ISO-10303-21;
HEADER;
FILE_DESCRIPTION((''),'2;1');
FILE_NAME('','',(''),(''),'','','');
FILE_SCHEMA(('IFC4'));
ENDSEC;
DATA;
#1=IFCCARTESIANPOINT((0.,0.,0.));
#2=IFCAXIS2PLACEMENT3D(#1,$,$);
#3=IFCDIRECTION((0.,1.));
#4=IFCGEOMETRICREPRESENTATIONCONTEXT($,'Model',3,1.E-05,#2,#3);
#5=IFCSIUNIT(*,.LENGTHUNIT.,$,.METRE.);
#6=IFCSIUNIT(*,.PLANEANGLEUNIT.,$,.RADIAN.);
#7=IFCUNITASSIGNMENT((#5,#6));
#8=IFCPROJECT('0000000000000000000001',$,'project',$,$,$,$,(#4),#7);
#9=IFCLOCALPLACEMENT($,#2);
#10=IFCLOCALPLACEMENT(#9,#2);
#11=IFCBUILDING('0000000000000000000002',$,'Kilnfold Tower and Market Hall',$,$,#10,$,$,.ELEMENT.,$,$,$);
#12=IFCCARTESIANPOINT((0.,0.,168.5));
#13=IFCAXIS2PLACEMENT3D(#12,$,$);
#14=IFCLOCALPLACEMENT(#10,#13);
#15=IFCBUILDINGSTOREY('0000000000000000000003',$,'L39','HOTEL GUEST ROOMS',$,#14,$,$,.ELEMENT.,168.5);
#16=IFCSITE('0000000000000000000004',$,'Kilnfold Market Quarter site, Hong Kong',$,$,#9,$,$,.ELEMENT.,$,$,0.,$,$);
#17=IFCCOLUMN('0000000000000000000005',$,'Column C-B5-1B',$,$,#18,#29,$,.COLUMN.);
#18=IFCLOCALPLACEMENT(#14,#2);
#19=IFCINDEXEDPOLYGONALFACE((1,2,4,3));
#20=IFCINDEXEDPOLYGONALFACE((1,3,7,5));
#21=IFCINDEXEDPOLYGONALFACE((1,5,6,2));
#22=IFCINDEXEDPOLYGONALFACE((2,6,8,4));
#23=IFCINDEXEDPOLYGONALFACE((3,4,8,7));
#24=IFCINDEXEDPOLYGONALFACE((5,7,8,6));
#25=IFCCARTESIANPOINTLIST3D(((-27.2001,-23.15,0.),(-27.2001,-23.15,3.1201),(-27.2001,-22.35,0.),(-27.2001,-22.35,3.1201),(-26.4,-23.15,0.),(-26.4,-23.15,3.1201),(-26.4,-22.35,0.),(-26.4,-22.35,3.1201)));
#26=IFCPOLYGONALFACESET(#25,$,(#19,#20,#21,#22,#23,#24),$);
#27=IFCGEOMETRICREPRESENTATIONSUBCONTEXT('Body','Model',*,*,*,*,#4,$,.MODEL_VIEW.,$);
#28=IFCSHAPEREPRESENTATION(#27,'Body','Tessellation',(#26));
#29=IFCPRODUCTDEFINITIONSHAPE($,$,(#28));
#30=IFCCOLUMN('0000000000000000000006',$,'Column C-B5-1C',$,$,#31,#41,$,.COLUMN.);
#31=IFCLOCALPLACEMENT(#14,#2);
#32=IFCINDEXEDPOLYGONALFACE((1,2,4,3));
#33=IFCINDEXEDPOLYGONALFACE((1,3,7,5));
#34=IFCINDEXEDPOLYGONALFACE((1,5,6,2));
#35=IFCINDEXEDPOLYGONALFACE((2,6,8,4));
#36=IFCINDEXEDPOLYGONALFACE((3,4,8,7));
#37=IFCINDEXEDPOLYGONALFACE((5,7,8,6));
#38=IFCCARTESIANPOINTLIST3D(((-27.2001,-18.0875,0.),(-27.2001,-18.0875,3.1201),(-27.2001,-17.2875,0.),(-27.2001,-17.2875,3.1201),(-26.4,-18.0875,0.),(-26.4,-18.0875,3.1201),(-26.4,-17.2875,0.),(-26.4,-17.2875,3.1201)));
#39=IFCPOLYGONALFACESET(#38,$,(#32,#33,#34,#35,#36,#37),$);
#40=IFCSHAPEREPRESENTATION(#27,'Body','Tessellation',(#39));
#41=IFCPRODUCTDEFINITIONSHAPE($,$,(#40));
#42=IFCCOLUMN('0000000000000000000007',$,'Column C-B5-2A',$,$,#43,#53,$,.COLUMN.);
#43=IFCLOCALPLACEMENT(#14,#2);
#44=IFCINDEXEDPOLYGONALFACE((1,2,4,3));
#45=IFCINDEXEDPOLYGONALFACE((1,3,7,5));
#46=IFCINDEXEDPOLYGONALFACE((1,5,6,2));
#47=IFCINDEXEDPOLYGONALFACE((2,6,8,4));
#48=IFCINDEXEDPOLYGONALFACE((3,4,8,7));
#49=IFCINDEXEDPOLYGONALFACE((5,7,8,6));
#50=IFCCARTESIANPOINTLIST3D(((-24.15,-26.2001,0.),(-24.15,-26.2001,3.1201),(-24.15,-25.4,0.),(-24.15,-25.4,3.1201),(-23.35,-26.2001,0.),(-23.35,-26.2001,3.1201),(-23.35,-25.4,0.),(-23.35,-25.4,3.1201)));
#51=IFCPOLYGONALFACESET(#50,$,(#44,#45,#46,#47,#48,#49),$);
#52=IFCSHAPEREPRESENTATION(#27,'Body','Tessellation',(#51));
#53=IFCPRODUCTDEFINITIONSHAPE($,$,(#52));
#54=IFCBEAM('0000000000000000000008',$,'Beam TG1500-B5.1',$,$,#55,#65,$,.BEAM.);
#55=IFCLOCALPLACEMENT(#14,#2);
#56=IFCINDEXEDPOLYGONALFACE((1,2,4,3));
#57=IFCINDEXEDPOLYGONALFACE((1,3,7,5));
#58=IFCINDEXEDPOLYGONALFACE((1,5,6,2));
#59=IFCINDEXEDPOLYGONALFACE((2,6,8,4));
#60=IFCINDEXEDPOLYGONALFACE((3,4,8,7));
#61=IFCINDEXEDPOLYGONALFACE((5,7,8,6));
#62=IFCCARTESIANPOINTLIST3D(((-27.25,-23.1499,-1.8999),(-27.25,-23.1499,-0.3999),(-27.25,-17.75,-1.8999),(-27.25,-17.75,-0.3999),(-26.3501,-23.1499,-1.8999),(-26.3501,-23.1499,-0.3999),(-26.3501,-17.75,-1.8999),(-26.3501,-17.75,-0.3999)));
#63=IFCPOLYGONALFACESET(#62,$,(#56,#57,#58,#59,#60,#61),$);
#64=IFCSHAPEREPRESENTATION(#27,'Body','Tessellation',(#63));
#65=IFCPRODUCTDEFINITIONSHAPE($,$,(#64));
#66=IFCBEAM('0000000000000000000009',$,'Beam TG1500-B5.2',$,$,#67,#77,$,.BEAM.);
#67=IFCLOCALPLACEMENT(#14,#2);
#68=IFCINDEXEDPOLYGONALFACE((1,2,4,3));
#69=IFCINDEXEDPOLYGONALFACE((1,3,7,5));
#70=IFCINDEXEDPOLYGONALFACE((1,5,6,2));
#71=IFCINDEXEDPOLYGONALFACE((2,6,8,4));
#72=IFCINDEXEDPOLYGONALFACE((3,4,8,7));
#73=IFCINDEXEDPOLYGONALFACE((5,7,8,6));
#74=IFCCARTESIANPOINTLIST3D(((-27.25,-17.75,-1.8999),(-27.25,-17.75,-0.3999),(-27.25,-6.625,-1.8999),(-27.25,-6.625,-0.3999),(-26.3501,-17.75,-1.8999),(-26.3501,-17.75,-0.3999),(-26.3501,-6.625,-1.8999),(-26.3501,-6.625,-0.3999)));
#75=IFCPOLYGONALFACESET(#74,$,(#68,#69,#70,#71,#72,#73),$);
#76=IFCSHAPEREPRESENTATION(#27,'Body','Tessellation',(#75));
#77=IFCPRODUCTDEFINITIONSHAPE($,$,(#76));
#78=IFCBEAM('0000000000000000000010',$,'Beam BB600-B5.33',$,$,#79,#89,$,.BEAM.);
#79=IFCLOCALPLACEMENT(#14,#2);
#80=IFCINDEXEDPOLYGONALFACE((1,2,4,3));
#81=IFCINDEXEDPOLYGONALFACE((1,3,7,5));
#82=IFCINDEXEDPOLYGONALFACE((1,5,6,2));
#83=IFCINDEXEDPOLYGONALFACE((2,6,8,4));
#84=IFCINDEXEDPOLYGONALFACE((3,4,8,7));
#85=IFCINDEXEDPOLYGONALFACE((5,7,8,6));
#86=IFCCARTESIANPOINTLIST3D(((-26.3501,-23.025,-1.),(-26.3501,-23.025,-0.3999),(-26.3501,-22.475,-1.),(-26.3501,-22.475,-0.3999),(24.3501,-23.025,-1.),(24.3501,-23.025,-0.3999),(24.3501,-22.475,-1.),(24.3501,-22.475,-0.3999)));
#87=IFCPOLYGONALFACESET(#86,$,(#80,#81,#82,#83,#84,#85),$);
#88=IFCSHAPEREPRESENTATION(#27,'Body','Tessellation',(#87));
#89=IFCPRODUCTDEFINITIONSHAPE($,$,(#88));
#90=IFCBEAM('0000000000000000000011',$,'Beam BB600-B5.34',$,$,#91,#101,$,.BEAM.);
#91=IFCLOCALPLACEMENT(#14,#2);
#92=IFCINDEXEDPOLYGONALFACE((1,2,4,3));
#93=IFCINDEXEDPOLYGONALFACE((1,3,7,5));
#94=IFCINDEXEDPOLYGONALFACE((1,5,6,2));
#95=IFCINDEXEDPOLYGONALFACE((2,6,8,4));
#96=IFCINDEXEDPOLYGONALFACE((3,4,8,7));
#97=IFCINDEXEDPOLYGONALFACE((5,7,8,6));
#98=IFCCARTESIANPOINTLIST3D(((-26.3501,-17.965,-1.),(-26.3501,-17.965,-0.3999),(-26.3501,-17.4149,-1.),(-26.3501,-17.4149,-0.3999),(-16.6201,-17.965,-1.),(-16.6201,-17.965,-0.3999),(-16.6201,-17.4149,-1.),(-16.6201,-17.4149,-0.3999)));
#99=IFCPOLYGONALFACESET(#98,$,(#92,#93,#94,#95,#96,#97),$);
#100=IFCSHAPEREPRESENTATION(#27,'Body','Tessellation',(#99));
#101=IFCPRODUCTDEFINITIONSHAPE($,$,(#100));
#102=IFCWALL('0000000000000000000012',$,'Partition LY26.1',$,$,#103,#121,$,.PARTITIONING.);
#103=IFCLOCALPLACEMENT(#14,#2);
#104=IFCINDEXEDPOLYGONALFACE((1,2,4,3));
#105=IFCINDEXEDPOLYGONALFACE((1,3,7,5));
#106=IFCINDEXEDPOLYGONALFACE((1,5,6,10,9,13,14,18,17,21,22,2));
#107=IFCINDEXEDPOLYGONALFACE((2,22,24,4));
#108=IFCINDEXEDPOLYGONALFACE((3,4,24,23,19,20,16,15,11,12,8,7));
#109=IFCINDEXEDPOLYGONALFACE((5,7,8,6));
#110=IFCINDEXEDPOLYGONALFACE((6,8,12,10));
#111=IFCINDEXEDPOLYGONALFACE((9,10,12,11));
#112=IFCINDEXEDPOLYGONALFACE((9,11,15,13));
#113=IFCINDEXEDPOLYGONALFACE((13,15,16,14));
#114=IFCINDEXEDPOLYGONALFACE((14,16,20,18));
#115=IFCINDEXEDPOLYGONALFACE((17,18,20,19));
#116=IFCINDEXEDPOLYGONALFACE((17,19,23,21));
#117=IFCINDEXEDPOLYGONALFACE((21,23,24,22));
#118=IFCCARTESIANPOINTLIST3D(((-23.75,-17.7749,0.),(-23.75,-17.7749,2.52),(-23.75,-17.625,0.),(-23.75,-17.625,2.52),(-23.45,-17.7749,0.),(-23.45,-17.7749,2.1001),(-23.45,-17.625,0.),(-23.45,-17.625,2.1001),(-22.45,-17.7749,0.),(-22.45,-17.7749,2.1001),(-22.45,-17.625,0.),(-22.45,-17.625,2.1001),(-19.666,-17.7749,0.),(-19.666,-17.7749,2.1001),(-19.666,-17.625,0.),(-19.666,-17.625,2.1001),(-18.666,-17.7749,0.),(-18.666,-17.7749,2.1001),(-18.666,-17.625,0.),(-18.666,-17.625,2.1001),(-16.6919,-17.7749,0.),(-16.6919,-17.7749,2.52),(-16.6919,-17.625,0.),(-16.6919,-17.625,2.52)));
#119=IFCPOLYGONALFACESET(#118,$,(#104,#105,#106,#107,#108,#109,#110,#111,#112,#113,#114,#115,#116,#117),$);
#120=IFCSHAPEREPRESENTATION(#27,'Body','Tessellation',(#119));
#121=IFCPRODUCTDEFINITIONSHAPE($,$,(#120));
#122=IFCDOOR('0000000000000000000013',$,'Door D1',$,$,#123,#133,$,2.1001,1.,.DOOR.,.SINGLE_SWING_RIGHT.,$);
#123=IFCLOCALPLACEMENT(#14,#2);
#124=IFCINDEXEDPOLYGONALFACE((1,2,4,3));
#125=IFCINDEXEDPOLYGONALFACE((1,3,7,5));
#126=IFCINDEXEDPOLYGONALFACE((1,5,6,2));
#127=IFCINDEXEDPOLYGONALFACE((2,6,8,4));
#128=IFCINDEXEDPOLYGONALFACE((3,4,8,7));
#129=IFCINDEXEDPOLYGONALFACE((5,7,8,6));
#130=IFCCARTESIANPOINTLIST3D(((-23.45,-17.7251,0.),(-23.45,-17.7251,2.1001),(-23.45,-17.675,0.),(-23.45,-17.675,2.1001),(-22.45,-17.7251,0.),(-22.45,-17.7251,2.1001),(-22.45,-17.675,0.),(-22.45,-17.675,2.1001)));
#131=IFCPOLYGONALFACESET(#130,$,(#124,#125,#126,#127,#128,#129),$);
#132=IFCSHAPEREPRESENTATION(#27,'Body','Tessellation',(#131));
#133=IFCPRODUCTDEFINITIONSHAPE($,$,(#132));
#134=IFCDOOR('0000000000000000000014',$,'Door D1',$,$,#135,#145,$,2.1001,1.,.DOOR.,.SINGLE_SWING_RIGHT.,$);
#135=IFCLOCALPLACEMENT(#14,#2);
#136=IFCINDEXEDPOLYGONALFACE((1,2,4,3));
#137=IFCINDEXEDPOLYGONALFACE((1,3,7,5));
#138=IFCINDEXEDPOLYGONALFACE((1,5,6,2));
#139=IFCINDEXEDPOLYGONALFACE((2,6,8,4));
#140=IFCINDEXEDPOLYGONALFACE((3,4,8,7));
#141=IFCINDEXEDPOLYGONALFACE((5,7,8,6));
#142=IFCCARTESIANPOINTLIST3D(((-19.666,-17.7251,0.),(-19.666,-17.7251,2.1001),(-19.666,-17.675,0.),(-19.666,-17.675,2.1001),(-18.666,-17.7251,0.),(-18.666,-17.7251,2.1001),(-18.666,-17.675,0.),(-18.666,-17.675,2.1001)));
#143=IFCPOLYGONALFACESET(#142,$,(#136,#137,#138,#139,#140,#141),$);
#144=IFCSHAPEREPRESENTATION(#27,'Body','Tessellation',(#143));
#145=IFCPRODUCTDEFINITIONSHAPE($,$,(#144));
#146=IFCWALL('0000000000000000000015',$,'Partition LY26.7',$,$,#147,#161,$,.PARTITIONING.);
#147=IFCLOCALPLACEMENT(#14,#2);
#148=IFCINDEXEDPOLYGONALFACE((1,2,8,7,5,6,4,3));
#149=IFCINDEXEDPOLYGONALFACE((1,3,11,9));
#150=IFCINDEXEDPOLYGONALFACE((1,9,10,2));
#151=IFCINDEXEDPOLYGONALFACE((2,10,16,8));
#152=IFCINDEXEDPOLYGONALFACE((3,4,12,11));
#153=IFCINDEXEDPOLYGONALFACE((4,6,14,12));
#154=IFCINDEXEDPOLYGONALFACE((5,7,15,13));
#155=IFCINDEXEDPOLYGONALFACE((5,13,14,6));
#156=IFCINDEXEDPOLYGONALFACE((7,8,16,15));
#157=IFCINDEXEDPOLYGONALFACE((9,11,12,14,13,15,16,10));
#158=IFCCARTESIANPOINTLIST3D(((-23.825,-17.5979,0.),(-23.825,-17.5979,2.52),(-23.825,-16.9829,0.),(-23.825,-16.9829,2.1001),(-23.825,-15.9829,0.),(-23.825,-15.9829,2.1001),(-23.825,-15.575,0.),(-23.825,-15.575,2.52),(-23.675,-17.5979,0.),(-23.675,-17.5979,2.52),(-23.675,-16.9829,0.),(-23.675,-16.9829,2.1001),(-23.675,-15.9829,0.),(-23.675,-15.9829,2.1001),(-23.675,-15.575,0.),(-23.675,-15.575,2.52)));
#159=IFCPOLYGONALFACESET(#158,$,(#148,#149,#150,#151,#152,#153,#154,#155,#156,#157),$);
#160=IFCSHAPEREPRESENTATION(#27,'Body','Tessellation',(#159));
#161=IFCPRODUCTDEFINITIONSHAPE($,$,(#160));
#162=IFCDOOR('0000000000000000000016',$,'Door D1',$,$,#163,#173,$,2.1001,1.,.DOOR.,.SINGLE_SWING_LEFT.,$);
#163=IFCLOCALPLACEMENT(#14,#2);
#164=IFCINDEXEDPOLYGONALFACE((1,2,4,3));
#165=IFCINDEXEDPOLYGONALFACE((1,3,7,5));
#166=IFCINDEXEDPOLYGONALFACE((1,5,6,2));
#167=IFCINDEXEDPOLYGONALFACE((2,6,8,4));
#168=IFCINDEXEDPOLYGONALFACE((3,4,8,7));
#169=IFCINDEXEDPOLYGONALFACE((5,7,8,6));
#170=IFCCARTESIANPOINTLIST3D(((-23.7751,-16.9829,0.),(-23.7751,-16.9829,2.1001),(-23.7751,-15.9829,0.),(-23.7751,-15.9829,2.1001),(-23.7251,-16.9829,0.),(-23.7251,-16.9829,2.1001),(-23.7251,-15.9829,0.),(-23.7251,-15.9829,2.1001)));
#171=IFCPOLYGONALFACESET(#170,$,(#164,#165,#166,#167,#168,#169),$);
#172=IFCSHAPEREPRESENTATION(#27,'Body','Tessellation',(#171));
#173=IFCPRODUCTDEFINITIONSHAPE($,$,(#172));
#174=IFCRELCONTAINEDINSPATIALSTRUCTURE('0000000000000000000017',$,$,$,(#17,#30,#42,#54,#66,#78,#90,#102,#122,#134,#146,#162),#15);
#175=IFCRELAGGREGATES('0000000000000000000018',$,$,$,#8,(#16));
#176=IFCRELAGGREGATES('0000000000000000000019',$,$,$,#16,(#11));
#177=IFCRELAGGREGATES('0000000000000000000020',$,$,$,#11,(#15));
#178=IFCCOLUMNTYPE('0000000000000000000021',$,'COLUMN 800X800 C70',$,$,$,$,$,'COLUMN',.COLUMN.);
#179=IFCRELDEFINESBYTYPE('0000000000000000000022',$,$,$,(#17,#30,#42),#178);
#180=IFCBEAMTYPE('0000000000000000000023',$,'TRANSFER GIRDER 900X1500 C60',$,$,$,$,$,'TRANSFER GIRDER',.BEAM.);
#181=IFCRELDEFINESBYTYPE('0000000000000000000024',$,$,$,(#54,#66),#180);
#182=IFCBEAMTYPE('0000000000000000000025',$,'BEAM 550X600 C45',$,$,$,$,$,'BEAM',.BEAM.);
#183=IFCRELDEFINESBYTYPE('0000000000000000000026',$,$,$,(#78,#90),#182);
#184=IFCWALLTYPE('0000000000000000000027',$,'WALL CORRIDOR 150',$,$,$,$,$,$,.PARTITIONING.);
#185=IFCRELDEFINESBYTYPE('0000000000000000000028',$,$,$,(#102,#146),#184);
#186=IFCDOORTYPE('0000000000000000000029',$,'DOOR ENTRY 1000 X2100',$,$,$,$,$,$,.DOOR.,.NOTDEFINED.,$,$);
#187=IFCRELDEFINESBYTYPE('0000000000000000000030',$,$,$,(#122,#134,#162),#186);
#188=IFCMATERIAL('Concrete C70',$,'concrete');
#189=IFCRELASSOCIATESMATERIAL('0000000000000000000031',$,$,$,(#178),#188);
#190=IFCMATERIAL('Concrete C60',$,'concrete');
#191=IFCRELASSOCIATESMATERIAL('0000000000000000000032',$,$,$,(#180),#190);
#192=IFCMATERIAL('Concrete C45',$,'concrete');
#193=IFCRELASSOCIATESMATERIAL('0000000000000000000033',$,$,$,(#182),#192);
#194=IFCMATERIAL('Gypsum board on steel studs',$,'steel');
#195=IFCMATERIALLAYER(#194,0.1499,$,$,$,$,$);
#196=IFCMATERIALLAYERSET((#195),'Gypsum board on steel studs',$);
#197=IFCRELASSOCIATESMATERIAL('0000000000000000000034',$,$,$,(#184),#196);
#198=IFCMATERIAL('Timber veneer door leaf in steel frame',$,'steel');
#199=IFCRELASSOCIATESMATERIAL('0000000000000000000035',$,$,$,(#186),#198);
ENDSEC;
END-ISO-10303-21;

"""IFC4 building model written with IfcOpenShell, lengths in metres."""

from ifc_helpers import new_model, si_unit, direction, frame, frame_2d, origin, origin_2d, place, context, subcontext, project, spatial, rectangle, extrude, source, transform, mapped, material, layer, layer_set, material_profile, profile_set, type_object, element, fill, save


model = new_model("IFC4")

# Units and contexts
model_context = context("Model", 3, precision=1e-05, world=origin(), true_north=direction((0.0, 1.0)))
body_context = subcontext(model_context, "Body", "Model", "MODEL_VIEW")
ifc_project = project(units=[si_unit("LENGTHUNIT", "METRE"), si_unit("PLANEANGLEUNIT", "RADIAN")], contexts=[model_context])

# Site, building, storey
site_placement = place(None, origin())
site = spatial("IfcSite", under=ifc_project, at=site_placement, Name="Kilnfold Market Quarter site, Hong Kong", CompositionType="ELEMENT", RefElevation=0.0)
building_placement = place(site_placement, origin())
building = spatial("IfcBuilding", under=site, at=building_placement, Name="Kilnfold Tower and Market Hall", CompositionType="ELEMENT")
storey_placement = place(building_placement, frame((0.0, 0.0, 168.5)))
storey = spatial("IfcBuildingStorey", under=building, at=storey_placement, Name="L39", Description="HOTEL GUEST ROOMS", CompositionType="ELEMENT", Elevation=168.5)

# Columns
ifc_material_1 = material(Name="Concrete C70", Category="concrete")
ifc_material_profile_1 = material_profile(ifc_material_1, rectangle(XDim=0.8, YDim=0.8, at=origin_2d()), Name="RC 800x800")
ifc_profile_set_1 = profile_set([ifc_material_profile_1], Name="Concrete C70")
column_type = type_object("IfcColumnType", Name="COLUMN 800X800 C70", ElementType="COLUMN", PredefinedType="COLUMN", material=ifc_profile_set_1)
shared_shape_1 = source(origin(), body_context, "Body", "SweptSolid", [
    extrude(rectangle(XDim=0.8, YDim=0.8, at=origin_2d()), origin(), (0.0, 0.0, 1.0), 3.1201),
])
for number, where, z_axis, x_axis, name in (
    (1, (-26.8, -22.75, 0.0), (0.0, 0.0, 1.0), (1.0, 0.0, 0.0), "Column C-B5-1B"),
    (2, (-26.8, -17.6875, 0.0), (0.0, 0.0, 1.0), (1.0, 0.0, 0.0), "Column C-B5-1C"),
    (3, (-23.75, -25.8, 0.0), (0.0, 0.0, 1.0), (1.0, 0.0, 0.0), "Column C-B5-2A"),
):
    element("IfcColumn", number, at=place(storey_placement, frame(where, z_axis=z_axis, x_axis=x_axis)), inside=storey, type_object=column_type, Name=name, PredefinedType="COLUMN", context=body_context, shape_type="MappedRepresentation", body=[
        mapped(shared_shape_1, transform((0.0, 0.0, 0.0))),
    ])

# Beams
ifc_material_2 = material(Name="Concrete C60", Category="concrete")
ifc_material_profile_2 = material_profile(ifc_material_2, rectangle(XDim=0.8999, YDim=1.5, at=origin_2d()), Name="RC 900x1500")
ifc_profile_set_2 = profile_set([ifc_material_profile_2], Name="Concrete C60")
beam_type_1 = type_object("IfcBeamType", Name="TRANSFER GIRDER 900X1500 C60", ElementType="TRANSFER GIRDER", PredefinedType="BEAM", material=ifc_profile_set_2)
shared_shape_2 = source(origin(), body_context, "Body", "SweptSolid", [
    extrude(rectangle(XDim=0.8999, YDim=1.5, at=origin_2d()), origin(), (0.0, 0.0, 1.0), 5.3999),
])
beam_1_placement = place(storey_placement, frame((-26.8, -23.1499, -1.1499), z_axis=(0.0, 1.0, 0.0), x_axis=(-1.0, 0.0, 0.0)))
element("IfcBeam", 4, at=beam_1_placement, inside=storey, type_object=beam_type_1, Name="Beam TG1500-B5.1", PredefinedType="BEAM", context=body_context, shape_type="MappedRepresentation", body=[
    mapped(shared_shape_2, transform((0.0, 0.0, 0.0))),
])
shared_shape_3 = source(origin(), body_context, "Body", "SweptSolid", [
    extrude(rectangle(XDim=0.8999, YDim=1.5, at=origin_2d()), origin(), (0.0, 0.0, 1.0), 11.125),
])
beam_2_placement = place(storey_placement, frame((-26.8, -17.75, -1.1499), z_axis=(0.0, 1.0, 0.0), x_axis=(-1.0, 0.0, 0.0)))
element("IfcBeam", 5, at=beam_2_placement, inside=storey, type_object=beam_type_1, Name="Beam TG1500-B5.2", PredefinedType="BEAM", context=body_context, shape_type="MappedRepresentation", body=[
    mapped(shared_shape_3, transform((0.0, 0.0, 0.0))),
])
ifc_material_3 = material(Name="Concrete C45", Category="concrete")
ifc_material_profile_3 = material_profile(ifc_material_3, rectangle(XDim=0.55, YDim=0.6001, at=origin_2d()), Name="RC 550x600")
ifc_profile_set_3 = profile_set([ifc_material_profile_3], Name="Concrete C45")
beam_type_2 = type_object("IfcBeamType", Name="BEAM 550X600 C45", ElementType="BEAM", PredefinedType="BEAM", material=ifc_profile_set_3)
shared_shape_4 = source(origin(), body_context, "Body", "SweptSolid", [
    extrude(rectangle(XDim=0.55, YDim=0.6001, at=origin_2d()), origin(), (0.0, 0.0, 1.0), 50.7002),
])
beam_3_placement = place(storey_placement, frame((-26.3501, -22.75, -0.7), z_axis=(1.0, 0.0, 0.0), x_axis=(0.0, 1.0, 0.0)))
element("IfcBeam", 6, at=beam_3_placement, inside=storey, type_object=beam_type_2, Name="Beam BB600-B5.33", PredefinedType="BEAM", context=body_context, shape_type="MappedRepresentation", body=[
    mapped(shared_shape_4, transform((0.0, 0.0, 0.0))),
])
shared_shape_5 = source(origin(), body_context, "Body", "SweptSolid", [
    extrude(rectangle(XDim=0.55, YDim=0.6001, at=origin_2d()), origin(), (0.0, 0.0, 1.0), 9.73),
])
beam_4_placement = place(storey_placement, frame((-26.3501, -17.6899, -0.7), z_axis=(1.0, 0.0, 0.0), x_axis=(0.0, 1.0, 0.0)))
element("IfcBeam", 7, at=beam_4_placement, inside=storey, type_object=beam_type_2, Name="Beam BB600-B5.34", PredefinedType="BEAM", context=body_context, shape_type="MappedRepresentation", body=[
    mapped(shared_shape_5, transform((0.0, 0.0, 0.0))),
])

# Wall, openings, doors
ifc_material_4 = material(Name="Gypsum board on steel studs", Category="steel")
ifc_layer_1 = layer(ifc_material_4, 0.1499)
ifc_layer_set_1 = layer_set([ifc_layer_1], Name="Gypsum board on steel studs")
wall_type_1 = type_object("IfcWallType", Name="WALL CORRIDOR 150", PredefinedType="PARTITIONING", material=ifc_layer_set_1)
wall_1_placement = place(storey_placement, frame((-23.75, -17.7, 0.0), z_axis=(0.0, 0.0, 1.0), x_axis=(1.0, 0.0, 0.0)))
wall_1 = element("IfcWall", 8, at=wall_1_placement, inside=storey, type_object=wall_type_1, Name="Partition LY26.1", PredefinedType="PARTITIONING", context=body_context, shape_type="SweptSolid", body=[
    extrude(rectangle(XDim=7.0581, YDim=0.1499, at=frame_2d((3.5291, 0.0))), origin(), (0.0, 0.0, 1.0), 2.52),
])
opening_1_placement = place(wall_1_placement, frame((0.3, 0.0, 0.0)))
opening_1 = element("IfcOpeningElement", 9, at=opening_1_placement, cuts=wall_1, PredefinedType="OPENING", context=body_context, shape_type="SweptSolid", body=[
    extrude(rectangle(XDim=1.0, YDim=2.1001, at=frame_2d((0.5, 1.05))), frame((0.0, 0.085, 0.0), z_axis=(0.0, -1.0, 0.0), x_axis=(1.0, 0.0, 0.0)), (0.0, 0.0, 1.0), 0.1699),
])
opening_2_placement = place(wall_1_placement, frame((4.084, 0.0, 0.0)))
opening_2 = element("IfcOpeningElement", 10, at=opening_2_placement, cuts=wall_1, PredefinedType="OPENING", context=body_context, shape_type="SweptSolid", body=[
    extrude(rectangle(XDim=1.0, YDim=2.1001, at=frame_2d((0.5, 1.05))), frame((0.0, 0.085, 0.0), z_axis=(0.0, -1.0, 0.0), x_axis=(1.0, 0.0, 0.0)), (0.0, 0.0, 1.0), 0.1699),
])
ifc_material_5 = material(Name="Timber veneer door leaf in steel frame", Category="steel")
door_type_1 = type_object("IfcDoorType", Name="DOOR ENTRY 1000 X2100", OperationType="NOTDEFINED", PredefinedType="DOOR", material=ifc_material_5)
door_1_placement = place(opening_1_placement, origin())
door_1 = element("IfcDoor", 11, at=door_1_placement, inside=storey, type_object=door_type_1, Name="Door D1", OperationType="SINGLE_SWING_RIGHT", OverallHeight=2.1001, OverallWidth=1.0, PredefinedType="DOOR", context=body_context, shape_type="SweptSolid", body=[
    extrude(rectangle(XDim=1.0, YDim=2.1001, at=frame_2d((0.5, 1.05))), frame((0.0, 0.0249, 0.0), z_axis=(0.0, -1.0, 0.0), x_axis=(1.0, 0.0, 0.0)), (0.0, 0.0, 1.0), 0.05),
])
fill(opening_1, door_1)
door_2_placement = place(opening_2_placement, origin())
door_2 = element("IfcDoor", 12, at=door_2_placement, inside=storey, type_object=door_type_1, Name="Door D1", OperationType="SINGLE_SWING_RIGHT", OverallHeight=2.1001, OverallWidth=1.0, PredefinedType="DOOR", context=body_context, shape_type="SweptSolid", body=[
    extrude(rectangle(XDim=1.0, YDim=2.1001, at=frame_2d((0.5, 1.05))), frame((0.0, 0.0249, 0.0), z_axis=(0.0, -1.0, 0.0), x_axis=(1.0, 0.0, 0.0)), (0.0, 0.0, 1.0), 0.05),
])
fill(opening_2, door_2)

# Wall, opening, door
wall_2_placement = place(storey_placement, frame((-23.75, -15.575, 0.0), z_axis=(0.0, 0.0, 1.0), x_axis=(0.0, -1.0, 0.0)))
wall_2 = element("IfcWall", 13, at=wall_2_placement, inside=storey, type_object=wall_type_1, Name="Partition LY26.7", PredefinedType="PARTITIONING", context=body_context, shape_type="SweptSolid", body=[
    extrude(rectangle(XDim=2.0229, YDim=0.1499, at=frame_2d((1.0115, 0.0))), origin(), (0.0, 0.0, 1.0), 2.52),
])
opening_3_placement = place(wall_2_placement, frame((0.408, 0.0, 0.0)))
opening_3 = element("IfcOpeningElement", 14, at=opening_3_placement, cuts=wall_2, PredefinedType="OPENING", context=body_context, shape_type="SweptSolid", body=[
    extrude(rectangle(XDim=1.0, YDim=2.1001, at=frame_2d((0.5, 1.05))), frame((0.0, 0.085, 0.0), z_axis=(0.0, -1.0, 0.0), x_axis=(1.0, 0.0, 0.0)), (0.0, 0.0, 1.0), 0.1699),
])
door_3_placement = place(opening_3_placement, origin())
door_3 = element("IfcDoor", 15, at=door_3_placement, inside=storey, type_object=door_type_1, Name="Door D1", OperationType="SINGLE_SWING_LEFT", OverallHeight=2.1001, OverallWidth=1.0, PredefinedType="DOOR", context=body_context, shape_type="SweptSolid", body=[
    extrude(rectangle(XDim=1.0, YDim=2.1001, at=frame_2d((0.5, 1.05))), frame((0.0, 0.0249, 0.0), z_axis=(0.0, -1.0, 0.0), x_axis=(1.0, 0.0, 0.0)), (0.0, 0.0, 1.0), 0.05),
])
fill(opening_3, door_3)

save(model, "model.ifc")
